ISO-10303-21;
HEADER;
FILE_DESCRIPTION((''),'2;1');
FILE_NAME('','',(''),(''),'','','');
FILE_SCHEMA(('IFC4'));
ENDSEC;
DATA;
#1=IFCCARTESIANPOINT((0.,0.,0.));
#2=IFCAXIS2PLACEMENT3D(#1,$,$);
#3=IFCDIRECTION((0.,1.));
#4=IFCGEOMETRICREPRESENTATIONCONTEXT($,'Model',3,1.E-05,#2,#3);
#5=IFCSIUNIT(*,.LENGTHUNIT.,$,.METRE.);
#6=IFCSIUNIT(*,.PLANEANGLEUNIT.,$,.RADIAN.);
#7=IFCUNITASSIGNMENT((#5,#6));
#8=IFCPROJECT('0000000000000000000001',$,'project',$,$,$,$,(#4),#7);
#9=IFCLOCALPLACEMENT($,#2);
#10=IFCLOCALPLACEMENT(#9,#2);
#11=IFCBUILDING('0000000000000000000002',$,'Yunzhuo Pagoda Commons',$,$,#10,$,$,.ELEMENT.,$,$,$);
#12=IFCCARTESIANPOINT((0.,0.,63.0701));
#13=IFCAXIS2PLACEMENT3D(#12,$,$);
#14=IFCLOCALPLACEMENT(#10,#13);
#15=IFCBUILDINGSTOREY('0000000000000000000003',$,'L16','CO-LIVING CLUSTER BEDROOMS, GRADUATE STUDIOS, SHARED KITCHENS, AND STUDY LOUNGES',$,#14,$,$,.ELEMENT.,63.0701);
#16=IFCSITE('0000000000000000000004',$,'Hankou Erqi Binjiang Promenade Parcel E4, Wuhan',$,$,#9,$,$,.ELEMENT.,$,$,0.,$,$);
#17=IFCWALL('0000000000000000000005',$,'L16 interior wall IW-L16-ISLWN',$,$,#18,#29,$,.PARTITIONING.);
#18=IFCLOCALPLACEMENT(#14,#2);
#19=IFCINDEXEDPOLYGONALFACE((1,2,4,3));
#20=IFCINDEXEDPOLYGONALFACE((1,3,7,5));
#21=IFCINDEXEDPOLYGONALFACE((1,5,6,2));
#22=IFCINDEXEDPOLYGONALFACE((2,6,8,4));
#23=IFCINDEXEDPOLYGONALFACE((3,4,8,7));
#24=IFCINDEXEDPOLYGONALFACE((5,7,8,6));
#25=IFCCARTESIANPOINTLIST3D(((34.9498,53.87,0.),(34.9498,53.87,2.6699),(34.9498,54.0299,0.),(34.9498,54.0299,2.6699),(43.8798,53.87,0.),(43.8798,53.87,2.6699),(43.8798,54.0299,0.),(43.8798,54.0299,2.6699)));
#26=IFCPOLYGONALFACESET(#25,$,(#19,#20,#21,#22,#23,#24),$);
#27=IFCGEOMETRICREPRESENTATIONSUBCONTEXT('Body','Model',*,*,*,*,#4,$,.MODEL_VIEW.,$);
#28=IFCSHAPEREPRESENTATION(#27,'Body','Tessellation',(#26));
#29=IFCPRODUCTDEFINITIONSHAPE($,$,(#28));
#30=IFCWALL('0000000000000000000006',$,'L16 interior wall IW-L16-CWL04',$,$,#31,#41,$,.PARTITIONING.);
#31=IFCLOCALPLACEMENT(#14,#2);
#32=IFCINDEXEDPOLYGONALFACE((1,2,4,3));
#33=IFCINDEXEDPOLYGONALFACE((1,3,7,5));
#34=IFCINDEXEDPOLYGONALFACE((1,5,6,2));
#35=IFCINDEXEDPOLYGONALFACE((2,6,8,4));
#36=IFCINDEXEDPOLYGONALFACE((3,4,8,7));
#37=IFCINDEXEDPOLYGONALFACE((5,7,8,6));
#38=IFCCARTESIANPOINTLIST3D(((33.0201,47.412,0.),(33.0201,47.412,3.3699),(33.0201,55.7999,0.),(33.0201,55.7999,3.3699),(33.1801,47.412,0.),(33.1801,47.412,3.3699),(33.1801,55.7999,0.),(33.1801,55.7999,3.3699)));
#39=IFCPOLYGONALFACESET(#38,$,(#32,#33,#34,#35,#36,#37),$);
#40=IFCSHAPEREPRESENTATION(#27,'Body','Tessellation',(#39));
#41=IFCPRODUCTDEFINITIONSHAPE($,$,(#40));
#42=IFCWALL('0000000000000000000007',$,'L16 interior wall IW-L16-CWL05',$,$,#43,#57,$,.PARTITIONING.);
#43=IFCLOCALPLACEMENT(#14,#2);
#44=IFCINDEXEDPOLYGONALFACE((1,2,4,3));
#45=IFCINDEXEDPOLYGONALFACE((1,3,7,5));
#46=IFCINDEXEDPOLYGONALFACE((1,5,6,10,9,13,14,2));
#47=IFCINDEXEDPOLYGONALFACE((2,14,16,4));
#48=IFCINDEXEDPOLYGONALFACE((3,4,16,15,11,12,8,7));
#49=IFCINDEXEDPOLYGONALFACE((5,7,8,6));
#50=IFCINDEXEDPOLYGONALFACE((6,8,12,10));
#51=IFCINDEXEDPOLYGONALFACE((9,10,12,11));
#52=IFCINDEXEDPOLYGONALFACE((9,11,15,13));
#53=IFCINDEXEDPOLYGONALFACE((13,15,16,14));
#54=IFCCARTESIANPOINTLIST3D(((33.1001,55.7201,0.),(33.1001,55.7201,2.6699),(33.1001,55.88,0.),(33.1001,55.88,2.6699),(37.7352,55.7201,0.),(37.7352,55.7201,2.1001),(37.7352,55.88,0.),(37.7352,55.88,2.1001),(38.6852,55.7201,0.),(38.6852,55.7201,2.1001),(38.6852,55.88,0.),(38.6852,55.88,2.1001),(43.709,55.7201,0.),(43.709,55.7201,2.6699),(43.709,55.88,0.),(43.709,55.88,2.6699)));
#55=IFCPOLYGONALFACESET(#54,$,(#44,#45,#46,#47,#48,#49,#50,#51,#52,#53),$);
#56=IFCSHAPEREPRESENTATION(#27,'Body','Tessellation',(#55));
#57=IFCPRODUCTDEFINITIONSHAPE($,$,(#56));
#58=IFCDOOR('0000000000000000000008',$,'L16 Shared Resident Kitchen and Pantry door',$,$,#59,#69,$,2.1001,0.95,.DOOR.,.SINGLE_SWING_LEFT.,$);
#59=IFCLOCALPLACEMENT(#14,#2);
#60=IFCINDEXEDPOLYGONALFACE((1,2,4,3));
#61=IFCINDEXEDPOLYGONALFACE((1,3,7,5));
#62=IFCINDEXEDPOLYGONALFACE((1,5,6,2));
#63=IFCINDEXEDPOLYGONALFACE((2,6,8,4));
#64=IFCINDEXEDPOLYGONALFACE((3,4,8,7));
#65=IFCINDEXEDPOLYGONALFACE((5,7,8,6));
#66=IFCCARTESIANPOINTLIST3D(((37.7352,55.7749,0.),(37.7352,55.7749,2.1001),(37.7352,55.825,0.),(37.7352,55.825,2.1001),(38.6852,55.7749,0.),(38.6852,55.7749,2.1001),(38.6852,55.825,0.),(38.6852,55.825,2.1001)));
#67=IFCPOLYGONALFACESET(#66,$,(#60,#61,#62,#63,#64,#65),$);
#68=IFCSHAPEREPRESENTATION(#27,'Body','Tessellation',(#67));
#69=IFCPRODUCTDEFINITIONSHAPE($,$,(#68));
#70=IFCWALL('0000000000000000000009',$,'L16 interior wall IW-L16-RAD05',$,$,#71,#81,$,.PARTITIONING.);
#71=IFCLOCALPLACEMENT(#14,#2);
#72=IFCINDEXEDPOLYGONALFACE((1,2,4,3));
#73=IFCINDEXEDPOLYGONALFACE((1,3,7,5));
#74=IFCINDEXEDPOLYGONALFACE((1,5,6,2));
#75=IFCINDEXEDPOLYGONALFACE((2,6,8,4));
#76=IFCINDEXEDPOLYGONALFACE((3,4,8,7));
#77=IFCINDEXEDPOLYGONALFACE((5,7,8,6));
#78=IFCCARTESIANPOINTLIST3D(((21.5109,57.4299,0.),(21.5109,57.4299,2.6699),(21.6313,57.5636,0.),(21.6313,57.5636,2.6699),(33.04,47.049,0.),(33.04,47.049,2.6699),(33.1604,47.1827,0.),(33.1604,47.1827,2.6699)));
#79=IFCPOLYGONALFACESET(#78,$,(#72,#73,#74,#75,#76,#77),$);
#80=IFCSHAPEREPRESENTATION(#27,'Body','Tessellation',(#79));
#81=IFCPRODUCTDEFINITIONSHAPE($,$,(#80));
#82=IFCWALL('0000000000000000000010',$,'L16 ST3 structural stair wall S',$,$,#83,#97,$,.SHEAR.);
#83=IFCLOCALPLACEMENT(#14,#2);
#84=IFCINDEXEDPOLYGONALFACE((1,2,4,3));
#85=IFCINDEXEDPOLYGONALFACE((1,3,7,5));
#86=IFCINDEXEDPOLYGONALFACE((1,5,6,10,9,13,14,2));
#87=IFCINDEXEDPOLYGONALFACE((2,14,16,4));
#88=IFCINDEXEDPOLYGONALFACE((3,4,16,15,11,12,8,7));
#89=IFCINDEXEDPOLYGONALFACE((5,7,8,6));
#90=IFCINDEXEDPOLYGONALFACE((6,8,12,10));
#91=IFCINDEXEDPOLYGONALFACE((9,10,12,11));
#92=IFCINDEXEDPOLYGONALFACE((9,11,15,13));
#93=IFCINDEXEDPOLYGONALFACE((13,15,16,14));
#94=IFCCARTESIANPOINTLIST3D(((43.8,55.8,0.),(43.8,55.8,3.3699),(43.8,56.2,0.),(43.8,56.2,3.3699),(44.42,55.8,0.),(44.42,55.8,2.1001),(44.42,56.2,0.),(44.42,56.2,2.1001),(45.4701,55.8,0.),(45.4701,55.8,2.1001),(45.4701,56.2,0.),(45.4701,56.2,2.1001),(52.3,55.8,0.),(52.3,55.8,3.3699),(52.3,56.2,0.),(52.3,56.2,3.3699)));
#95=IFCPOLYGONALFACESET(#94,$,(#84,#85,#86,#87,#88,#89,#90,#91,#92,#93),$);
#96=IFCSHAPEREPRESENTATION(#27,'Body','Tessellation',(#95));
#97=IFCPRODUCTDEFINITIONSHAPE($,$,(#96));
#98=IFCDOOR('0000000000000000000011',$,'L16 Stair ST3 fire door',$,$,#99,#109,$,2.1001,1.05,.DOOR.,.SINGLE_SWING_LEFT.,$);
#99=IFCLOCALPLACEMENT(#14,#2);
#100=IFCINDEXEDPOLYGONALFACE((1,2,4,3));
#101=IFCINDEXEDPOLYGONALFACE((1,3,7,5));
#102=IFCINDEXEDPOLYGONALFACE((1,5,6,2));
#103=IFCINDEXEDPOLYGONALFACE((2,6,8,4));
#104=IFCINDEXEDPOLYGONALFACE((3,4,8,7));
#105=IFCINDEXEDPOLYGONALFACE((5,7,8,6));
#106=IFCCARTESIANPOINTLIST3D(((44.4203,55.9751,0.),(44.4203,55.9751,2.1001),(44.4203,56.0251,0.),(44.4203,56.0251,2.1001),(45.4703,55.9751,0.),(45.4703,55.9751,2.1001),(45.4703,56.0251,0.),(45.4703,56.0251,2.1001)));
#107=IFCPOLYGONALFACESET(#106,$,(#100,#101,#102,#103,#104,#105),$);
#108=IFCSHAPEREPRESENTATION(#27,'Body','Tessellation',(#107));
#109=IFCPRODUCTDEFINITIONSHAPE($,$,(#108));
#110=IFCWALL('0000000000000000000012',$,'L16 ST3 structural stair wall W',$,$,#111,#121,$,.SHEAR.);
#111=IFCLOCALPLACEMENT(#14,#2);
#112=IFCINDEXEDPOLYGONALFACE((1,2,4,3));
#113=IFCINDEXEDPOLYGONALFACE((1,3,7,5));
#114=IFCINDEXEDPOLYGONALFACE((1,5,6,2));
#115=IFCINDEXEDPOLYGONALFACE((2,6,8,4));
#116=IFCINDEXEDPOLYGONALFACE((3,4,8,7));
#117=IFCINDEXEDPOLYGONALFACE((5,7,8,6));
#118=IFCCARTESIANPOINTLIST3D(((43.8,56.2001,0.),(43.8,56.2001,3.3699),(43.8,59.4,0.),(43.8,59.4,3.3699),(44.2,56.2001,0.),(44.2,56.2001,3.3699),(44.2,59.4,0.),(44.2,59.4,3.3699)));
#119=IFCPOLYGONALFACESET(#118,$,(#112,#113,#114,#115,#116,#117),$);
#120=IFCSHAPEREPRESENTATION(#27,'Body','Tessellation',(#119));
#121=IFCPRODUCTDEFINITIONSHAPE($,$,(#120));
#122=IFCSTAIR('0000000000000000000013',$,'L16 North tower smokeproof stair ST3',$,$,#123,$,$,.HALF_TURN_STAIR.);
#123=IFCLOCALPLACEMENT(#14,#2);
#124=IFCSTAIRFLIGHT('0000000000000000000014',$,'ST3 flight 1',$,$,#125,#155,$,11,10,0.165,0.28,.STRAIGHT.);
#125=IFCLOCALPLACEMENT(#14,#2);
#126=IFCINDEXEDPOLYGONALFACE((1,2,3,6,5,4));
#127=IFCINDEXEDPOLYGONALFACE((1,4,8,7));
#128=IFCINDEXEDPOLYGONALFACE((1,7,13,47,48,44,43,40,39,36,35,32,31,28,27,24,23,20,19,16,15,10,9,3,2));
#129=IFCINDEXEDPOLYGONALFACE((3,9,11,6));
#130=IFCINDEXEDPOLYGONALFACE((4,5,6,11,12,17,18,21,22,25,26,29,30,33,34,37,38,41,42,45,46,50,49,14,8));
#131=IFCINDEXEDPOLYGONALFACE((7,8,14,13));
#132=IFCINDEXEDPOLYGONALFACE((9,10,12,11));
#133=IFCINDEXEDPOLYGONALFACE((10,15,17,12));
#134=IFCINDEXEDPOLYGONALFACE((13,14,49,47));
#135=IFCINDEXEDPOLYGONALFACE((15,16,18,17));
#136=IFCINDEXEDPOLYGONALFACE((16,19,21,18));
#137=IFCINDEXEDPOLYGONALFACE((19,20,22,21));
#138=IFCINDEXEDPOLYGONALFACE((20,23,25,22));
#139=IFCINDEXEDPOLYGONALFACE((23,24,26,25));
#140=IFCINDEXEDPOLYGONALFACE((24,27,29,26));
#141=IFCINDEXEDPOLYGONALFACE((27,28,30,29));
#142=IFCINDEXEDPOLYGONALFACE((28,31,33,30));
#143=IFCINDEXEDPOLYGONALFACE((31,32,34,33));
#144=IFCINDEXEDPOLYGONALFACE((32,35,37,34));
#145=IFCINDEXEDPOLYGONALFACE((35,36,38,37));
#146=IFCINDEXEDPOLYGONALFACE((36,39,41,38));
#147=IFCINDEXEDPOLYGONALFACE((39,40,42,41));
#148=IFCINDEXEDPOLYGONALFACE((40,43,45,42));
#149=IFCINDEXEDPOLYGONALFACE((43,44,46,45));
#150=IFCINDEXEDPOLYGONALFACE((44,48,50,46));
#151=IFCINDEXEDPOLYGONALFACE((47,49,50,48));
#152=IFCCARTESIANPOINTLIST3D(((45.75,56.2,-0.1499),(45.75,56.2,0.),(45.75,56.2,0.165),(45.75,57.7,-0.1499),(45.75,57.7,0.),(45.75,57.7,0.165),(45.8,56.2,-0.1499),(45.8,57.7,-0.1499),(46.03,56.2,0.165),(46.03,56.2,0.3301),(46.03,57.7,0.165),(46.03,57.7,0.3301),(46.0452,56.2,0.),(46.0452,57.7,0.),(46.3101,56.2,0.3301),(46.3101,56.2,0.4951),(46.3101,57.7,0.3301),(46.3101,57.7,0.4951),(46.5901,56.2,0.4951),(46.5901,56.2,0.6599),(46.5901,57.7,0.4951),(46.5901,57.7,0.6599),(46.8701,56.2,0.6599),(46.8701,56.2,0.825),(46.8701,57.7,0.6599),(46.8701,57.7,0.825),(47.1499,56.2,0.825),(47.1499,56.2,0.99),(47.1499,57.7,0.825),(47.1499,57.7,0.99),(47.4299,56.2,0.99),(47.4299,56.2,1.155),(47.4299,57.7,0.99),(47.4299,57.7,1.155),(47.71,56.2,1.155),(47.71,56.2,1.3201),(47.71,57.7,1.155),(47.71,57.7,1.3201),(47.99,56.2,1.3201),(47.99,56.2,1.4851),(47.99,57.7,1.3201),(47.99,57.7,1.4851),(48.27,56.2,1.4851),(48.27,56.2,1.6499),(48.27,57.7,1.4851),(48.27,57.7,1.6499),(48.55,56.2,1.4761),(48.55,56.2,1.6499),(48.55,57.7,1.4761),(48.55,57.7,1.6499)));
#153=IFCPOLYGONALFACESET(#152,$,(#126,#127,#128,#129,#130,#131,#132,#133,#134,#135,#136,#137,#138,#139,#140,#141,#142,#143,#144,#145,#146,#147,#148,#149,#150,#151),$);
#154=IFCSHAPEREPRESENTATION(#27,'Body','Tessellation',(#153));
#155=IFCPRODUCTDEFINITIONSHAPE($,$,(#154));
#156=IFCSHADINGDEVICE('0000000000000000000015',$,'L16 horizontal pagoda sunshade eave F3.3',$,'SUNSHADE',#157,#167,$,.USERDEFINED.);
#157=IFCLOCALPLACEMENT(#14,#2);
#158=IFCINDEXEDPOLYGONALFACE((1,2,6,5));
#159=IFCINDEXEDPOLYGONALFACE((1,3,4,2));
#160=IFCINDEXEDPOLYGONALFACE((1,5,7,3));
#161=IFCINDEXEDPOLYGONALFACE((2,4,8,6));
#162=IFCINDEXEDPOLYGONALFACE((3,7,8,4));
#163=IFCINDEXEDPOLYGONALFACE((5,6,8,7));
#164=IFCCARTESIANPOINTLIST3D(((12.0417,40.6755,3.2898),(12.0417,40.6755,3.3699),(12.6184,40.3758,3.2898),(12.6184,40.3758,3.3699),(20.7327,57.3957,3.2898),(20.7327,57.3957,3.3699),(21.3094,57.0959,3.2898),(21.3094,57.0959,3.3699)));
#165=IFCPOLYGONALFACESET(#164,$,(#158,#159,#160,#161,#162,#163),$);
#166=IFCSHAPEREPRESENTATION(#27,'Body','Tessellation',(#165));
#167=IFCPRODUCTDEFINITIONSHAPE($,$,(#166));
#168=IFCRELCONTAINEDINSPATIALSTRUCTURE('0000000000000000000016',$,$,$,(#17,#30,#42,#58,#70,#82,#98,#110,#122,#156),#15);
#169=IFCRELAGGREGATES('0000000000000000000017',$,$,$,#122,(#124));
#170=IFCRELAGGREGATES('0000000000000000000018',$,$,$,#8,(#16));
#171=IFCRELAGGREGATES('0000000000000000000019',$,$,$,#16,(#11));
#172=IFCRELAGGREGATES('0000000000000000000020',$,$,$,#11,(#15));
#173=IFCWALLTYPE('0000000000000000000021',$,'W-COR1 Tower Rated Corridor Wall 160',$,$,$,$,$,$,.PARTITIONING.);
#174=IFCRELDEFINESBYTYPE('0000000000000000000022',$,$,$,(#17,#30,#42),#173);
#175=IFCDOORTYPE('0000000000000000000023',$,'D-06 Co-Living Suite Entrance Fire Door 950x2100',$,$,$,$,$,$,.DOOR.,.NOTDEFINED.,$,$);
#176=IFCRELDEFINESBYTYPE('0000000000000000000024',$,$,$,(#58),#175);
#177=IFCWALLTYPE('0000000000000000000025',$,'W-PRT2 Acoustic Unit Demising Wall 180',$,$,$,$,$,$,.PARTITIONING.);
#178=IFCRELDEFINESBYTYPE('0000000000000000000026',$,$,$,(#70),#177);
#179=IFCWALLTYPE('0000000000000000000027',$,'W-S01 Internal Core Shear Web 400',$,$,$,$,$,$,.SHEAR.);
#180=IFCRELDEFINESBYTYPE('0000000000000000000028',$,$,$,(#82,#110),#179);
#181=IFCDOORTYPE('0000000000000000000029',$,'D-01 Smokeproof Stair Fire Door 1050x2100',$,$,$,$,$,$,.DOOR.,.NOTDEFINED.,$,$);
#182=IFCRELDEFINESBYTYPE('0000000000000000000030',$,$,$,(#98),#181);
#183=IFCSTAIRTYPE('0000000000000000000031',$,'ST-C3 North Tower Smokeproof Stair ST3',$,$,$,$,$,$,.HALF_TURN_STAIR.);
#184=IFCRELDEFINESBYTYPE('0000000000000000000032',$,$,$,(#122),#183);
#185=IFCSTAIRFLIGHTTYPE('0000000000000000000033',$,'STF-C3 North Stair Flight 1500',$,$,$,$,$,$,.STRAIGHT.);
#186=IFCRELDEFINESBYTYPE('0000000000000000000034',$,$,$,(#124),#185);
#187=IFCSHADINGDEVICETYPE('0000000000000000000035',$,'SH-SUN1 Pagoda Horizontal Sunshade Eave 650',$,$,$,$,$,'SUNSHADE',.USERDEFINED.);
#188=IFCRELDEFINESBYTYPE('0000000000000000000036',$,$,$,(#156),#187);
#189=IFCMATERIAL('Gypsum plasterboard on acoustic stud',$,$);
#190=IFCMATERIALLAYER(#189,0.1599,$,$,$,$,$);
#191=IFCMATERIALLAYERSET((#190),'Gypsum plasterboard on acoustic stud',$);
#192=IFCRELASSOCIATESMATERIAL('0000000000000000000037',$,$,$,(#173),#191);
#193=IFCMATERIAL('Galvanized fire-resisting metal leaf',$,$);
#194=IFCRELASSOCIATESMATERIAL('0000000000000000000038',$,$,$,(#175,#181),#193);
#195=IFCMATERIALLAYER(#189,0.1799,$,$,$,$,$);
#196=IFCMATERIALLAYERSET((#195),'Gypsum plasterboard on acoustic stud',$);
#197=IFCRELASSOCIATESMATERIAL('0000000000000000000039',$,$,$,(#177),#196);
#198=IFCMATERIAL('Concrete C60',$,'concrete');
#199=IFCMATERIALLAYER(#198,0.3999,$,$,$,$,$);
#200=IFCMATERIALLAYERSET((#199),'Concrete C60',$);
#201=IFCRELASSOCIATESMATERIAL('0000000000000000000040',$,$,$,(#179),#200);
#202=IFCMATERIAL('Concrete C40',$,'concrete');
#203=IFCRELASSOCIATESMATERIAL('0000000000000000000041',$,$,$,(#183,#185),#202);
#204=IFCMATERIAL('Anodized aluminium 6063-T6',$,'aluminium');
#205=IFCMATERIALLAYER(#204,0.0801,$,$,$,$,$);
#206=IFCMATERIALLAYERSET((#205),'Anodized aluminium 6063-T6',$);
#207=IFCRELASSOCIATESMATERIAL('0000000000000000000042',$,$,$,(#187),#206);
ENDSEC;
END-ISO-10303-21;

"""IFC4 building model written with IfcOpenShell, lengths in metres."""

from ifc_helpers import new_model, si_unit, direction, frame, frame_2d, origin, origin_with_axes, origin_2d, place, context, subcontext, project, spatial, polyline, rectangle, outline, extrude, source, transform, mapped, material, layer, layer_set, type_object, element, fill, aggregate, save


model = new_model("IFC4")

# Units and contexts
model_context = context("Model", 3, precision=1e-05, world=origin(), true_north=direction((0.0, 1.0)))
body_context = subcontext(model_context, "Body", "Model", "MODEL_VIEW")
ifc_project = project(units=[si_unit("LENGTHUNIT", "METRE"), si_unit("PLANEANGLEUNIT", "RADIAN")], contexts=[model_context])

# Site, building, storey
site_placement = place(None, origin())
site = spatial("IfcSite", under=ifc_project, at=site_placement, Name="Hankou Erqi Binjiang Promenade Parcel E4, Wuhan", CompositionType="ELEMENT", RefElevation=0.0)
building_placement = place(site_placement, origin())
building = spatial("IfcBuilding", under=site, at=building_placement, Name="Yunzhuo Pagoda Commons", CompositionType="ELEMENT")
storey_placement = place(building_placement, frame((0.0, 0.0, 63.0701)))
storey = spatial("IfcBuildingStorey", under=building, at=storey_placement, Name="L16", Description="CO-LIVING CLUSTER BEDROOMS, GRADUATE STUDIOS, SHARED KITCHENS, AND STUDY LOUNGES", CompositionType="ELEMENT", Elevation=63.0701)

# Shared definitions
ifc_material_1 = material(Name="Anodized aluminium 6063-T6", Category="aluminium")

# Walls
ifc_material_2 = material(Name="Gypsum plasterboard on acoustic stud")
ifc_layer_1 = layer(ifc_material_2, 0.1599)
ifc_layer_set_1 = layer_set([ifc_layer_1], Name="Gypsum plasterboard on acoustic stud")
wall_type_1 = type_object("IfcWallType", Name="W-COR1 Tower Rated Corridor Wall 160", PredefinedType="PARTITIONING", material=ifc_layer_set_1)
wall_1_placement = place(storey_placement, frame((34.95, 53.95, 0.0), z_axis=(0.0, 0.0, 1.0), x_axis=(1.0, 0.0, 0.0)))
element("IfcWall", 1, at=wall_1_placement, inside=storey, type_object=wall_type_1, Name="L16 interior wall IW-L16-ISLWN", PredefinedType="PARTITIONING", context=body_context, shape_type="SweptSolid", body=[
    extrude(rectangle(XDim=8.9299, YDim=0.1599, at=frame_2d((4.4648, 0.0))), origin(), (0.0, 0.0, 1.0), 2.6699),
])
wall_2_placement = place(storey_placement, frame((33.1001, 47.4121, 0.0), z_axis=(0.0, 0.0, 1.0), x_axis=(0.0, 1.0, 0.0)))
element("IfcWall", 2, at=wall_2_placement, inside=storey, type_object=wall_type_1, Name="L16 interior wall IW-L16-CWL04", PredefinedType="PARTITIONING", context=body_context, shape_type="SweptSolid", body=[
    extrude(rectangle(XDim=8.3879, YDim=0.1599, at=frame_2d((4.1938, 0.0))), origin(), (0.0, 0.0, 1.0), 3.3699),
])

# Wall, opening, door
wall_3_placement = place(storey_placement, frame((33.1001, 55.8, 0.0), z_axis=(0.0, 0.0, 1.0), x_axis=(1.0, 0.0, 0.0)))
wall_3 = element("IfcWall", 3, at=wall_3_placement, inside=storey, type_object=wall_type_1, Name="L16 interior wall IW-L16-CWL05", PredefinedType="PARTITIONING", context=body_context, shape_type="SweptSolid", body=[
    extrude(rectangle(XDim=10.6089, YDim=0.1599, at=frame_2d((5.3044, 0.0))), origin(), (0.0, 0.0, 1.0), 2.6699),
])
opening_1_placement = place(wall_3_placement, frame((4.635, 0.0, 0.0)))
opening_1 = element("IfcOpeningElement", 4, at=opening_1_placement, cuts=wall_3, PredefinedType="OPENING", context=body_context, shape_type="SweptSolid", body=[
    extrude(rectangle(XDim=0.95, YDim=2.1001, at=frame_2d((0.4751, 1.05))), frame((0.0, 0.0898, 0.0), z_axis=(0.0, -1.0, 0.0), x_axis=(1.0, 0.0, 0.0)), (0.0, 0.0, 1.0), 0.1799),
])
ifc_material_3 = material(Name="Galvanized fire-resisting metal leaf")
door_type_1 = type_object("IfcDoorType", Name="D-06 Co-Living Suite Entrance Fire Door 950x2100", OperationType="NOTDEFINED", PredefinedType="DOOR", material=ifc_material_3)
shared_shape_1 = source(origin(), body_context, "Body", "SweptSolid", [
    extrude(rectangle(XDim=0.95, YDim=2.1001, at=frame_2d((0.4751, 1.05))), frame((0.0, 0.0249, 0.0), z_axis=(0.0, -1.0, 0.0), x_axis=(1.0, 0.0, 0.0)), (0.0, 0.0, 1.0), 0.05),
])
door_1_placement = place(opening_1_placement, origin_with_axes())
door_1 = element("IfcDoor", 5, at=door_1_placement, inside=storey, type_object=door_type_1, Name="L16 Shared Resident Kitchen and Pantry door", OperationType="SINGLE_SWING_LEFT", OverallHeight=2.1001, OverallWidth=0.95, PredefinedType="DOOR", context=body_context, shape_type="MappedRepresentation", body=[
    mapped(shared_shape_1, transform((0.0, 0.0, 0.0), scale=1.0)),
])
fill(opening_1, door_1)

# Wall
ifc_layer_2 = layer(ifc_material_2, 0.1799)
ifc_layer_set_2 = layer_set([ifc_layer_2], Name="Gypsum plasterboard on acoustic stud")
wall_type_2 = type_object("IfcWallType", Name="W-PRT2 Acoustic Unit Demising Wall 180", PredefinedType="PARTITIONING", material=ifc_layer_set_2)
wall_4_placement = place(storey_placement, frame((33.1001, 47.116, 0.0), z_axis=(0.0, 0.0, 1.0), x_axis=(-0.743143, 0.669133, 0.0)))
element("IfcWall", 6, at=wall_4_placement, inside=storey, type_object=wall_type_2, Name="L16 interior wall IW-L16-RAD05", PredefinedType="PARTITIONING", context=body_context, shape_type="SweptSolid", body=[
    extrude(rectangle(XDim=15.5139, YDim=0.1799, at=frame_2d((7.7568, 0.0))), origin(), (0.0, 0.0, 1.0), 2.6699),
])

# Wall, opening, door
ifc_material_4 = material(Name="Concrete C60", Category="concrete")
ifc_layer_3 = layer(ifc_material_4, 0.3999)
ifc_layer_set_3 = layer_set([ifc_layer_3], Name="Concrete C60")
wall_type_3 = type_object("IfcWallType", Name="W-S01 Internal Core Shear Web 400", PredefinedType="SHEAR", material=ifc_layer_set_3)
wall_5_placement = place(storey_placement, frame((43.8, 56.0, 0.0), z_axis=(0.0, 0.0, 1.0), x_axis=(1.0, 0.0, 0.0)))
wall_5 = element("IfcWall", 7, at=wall_5_placement, inside=storey, type_object=wall_type_3, Name="L16 ST3 structural stair wall S", PredefinedType="SHEAR", context=body_context, shape_type="SweptSolid", body=[
    extrude(rectangle(XDim=8.5, YDim=0.3999, at=frame_2d((4.25, 0.0))), origin(), (0.0, 0.0, 1.0), 3.3699),
])
opening_2_placement = place(wall_5_placement, frame((0.6201, 0.0, 0.0)))
opening_2 = element("IfcOpeningElement", 8, at=opening_2_placement, cuts=wall_5, PredefinedType="OPENING", context=body_context, shape_type="SweptSolid", body=[
    extrude(rectangle(XDim=1.05, YDim=2.1001, at=frame_2d((0.5249, 1.05))), frame((0.0, 0.21, 0.0), z_axis=(0.0, -1.0, 0.0), x_axis=(1.0, 0.0, 0.0)), (0.0, 0.0, 1.0), 0.4199),
])
door_type_2 = type_object("IfcDoorType", Name="D-01 Smokeproof Stair Fire Door 1050x2100", OperationType="NOTDEFINED", PredefinedType="DOOR", material=ifc_material_3)
shared_shape_2 = source(origin(), body_context, "Body", "SweptSolid", [
    extrude(rectangle(XDim=1.05, YDim=2.1001, at=frame_2d((0.5249, 1.05))), frame((0.0, 0.0249, 0.0), z_axis=(0.0, -1.0, 0.0), x_axis=(1.0, 0.0, 0.0)), (0.0, 0.0, 1.0), 0.05),
])
door_2_placement = place(opening_2_placement, frame((1.05, 0.0, 0.0), z_axis=(0.0, 0.0, 1.0), x_axis=(-1.0, 0.0, 0.0)))
door_2 = element("IfcDoor", 9, at=door_2_placement, inside=storey, type_object=door_type_2, Name="L16 Stair ST3 fire door", OperationType="SINGLE_SWING_LEFT", OverallHeight=2.1001, OverallWidth=1.05, PredefinedType="DOOR", context=body_context, shape_type="MappedRepresentation", body=[
    mapped(shared_shape_2, transform((0.0, 0.0, 0.0), scale=1.0)),
])
fill(opening_2, door_2)

# Wall
wall_6_placement = place(storey_placement, frame((44.0, 56.2, 0.0), z_axis=(0.0, 0.0, 1.0), x_axis=(0.0, 1.0, 0.0)))
element("IfcWall", 10, at=wall_6_placement, inside=storey, type_object=wall_type_3, Name="L16 ST3 structural stair wall W", PredefinedType="SHEAR", context=body_context, shape_type="SweptSolid", body=[
    extrude(rectangle(XDim=3.2, YDim=0.3999, at=frame_2d((1.6001, 0.0))), origin(), (0.0, 0.0, 1.0), 3.3699),
])

# Stair, stair flight
ifc_material_5 = material(Name="Concrete C40", Category="concrete")
stair_type = type_object("IfcStairType", Name="ST-C3 North Tower Smokeproof Stair ST3", PredefinedType="HALF_TURN_STAIR", material=ifc_material_5)
stair_placement = place(storey_placement, origin())
stair = element("IfcStair", 11, at=stair_placement, inside=storey, type_object=stair_type, Name="L16 North tower smokeproof stair ST3", PredefinedType="HALF_TURN_STAIR")
stair_flight_type = type_object("IfcStairFlightType", Name="STF-C3 North Stair Flight 1500", PredefinedType="STRAIGHT", material=ifc_material_5)
shared_shape_3 = source(origin(), body_context, "Body", "SweptSolid", [
    extrude(outline(polyline([(0.0, -0.1499), (0.0, 0.0), (0.0, 0.165), (0.28, 0.165), (0.28, 0.3301), (0.5601, 0.3301), (0.5601, 0.4951), (0.8401, 0.4951), (0.8401, 0.6599), (1.1201, 0.6599), (1.1201, 0.825), (1.3999, 0.825), (1.3999, 0.99), (1.6799, 0.99), (1.6799, 1.155), (1.96, 1.155), (1.96, 1.3201), (2.24, 1.3201), (2.24, 1.4851), (2.52, 1.4851), (2.52, 1.6499), (2.8, 1.6499), (2.8, 1.8149), (2.8, 1.4761), (0.2952, 0.0), (0.05, -0.1499), (0.0, -0.1499)])), frame((0.0, 0.75, 0.0), z_axis=(0.0, -1.0, 0.0), x_axis=(1.0, 0.0, 0.0)), (0.0, 0.0, 1.0), 1.5),
])
stair_flight_placement = place(storey_placement, frame((45.75, 56.95, 0.0), z_axis=(0.0, 0.0, 1.0), x_axis=(1.0, 0.0, 0.0)))
stair_flight = element("IfcStairFlight", 12, at=stair_flight_placement, type_object=stair_flight_type, Name="ST3 flight 1", NumberOfRisers=11, NumberOfTreads=10, PredefinedType="STRAIGHT", RiserHeight=0.165, TreadLength=0.28, context=body_context, shape_type="MappedRepresentation", body=[
    mapped(shared_shape_3, transform((0.0, 0.0, 0.0), scale=1.0)),
])
aggregate(stair, [stair_flight])

# Shading device
ifc_layer_4 = layer(ifc_material_1, 0.0801)
ifc_layer_set_4 = layer_set([ifc_layer_4], Name="Anodized aluminium 6063-T6")
shading_device_type = type_object("IfcShadingDeviceType", Name="SH-SUN1 Pagoda Horizontal Sunshade Eave 650", ElementType="SUNSHADE", PredefinedType="USERDEFINED", material=ifc_layer_set_4)
shared_shape_4 = source(origin(), body_context, "Body", "SweptSolid", [
    extrude(rectangle(XDim=18.844, YDim=0.6499, at=origin_2d()), origin(), (0.0, 0.0, 1.0), 0.0801),
])
shading_device_placement = place(storey_placement, frame((16.6755, 48.8857, 3.2898), z_axis=(0.0, 0.0, 1.0), x_axis=(-0.461207, -0.887293, 0.0)))
element("IfcShadingDevice", 13, at=shading_device_placement, inside=storey, type_object=shading_device_type, Name="L16 horizontal pagoda sunshade eave F3.3", ObjectType="SUNSHADE", PredefinedType="USERDEFINED", context=body_context, shape_type="MappedRepresentation", body=[
    mapped(shared_shape_4, transform((0.0, 0.0, 0.0), scale=1.0)),
])

save(model, "model.ifc")
